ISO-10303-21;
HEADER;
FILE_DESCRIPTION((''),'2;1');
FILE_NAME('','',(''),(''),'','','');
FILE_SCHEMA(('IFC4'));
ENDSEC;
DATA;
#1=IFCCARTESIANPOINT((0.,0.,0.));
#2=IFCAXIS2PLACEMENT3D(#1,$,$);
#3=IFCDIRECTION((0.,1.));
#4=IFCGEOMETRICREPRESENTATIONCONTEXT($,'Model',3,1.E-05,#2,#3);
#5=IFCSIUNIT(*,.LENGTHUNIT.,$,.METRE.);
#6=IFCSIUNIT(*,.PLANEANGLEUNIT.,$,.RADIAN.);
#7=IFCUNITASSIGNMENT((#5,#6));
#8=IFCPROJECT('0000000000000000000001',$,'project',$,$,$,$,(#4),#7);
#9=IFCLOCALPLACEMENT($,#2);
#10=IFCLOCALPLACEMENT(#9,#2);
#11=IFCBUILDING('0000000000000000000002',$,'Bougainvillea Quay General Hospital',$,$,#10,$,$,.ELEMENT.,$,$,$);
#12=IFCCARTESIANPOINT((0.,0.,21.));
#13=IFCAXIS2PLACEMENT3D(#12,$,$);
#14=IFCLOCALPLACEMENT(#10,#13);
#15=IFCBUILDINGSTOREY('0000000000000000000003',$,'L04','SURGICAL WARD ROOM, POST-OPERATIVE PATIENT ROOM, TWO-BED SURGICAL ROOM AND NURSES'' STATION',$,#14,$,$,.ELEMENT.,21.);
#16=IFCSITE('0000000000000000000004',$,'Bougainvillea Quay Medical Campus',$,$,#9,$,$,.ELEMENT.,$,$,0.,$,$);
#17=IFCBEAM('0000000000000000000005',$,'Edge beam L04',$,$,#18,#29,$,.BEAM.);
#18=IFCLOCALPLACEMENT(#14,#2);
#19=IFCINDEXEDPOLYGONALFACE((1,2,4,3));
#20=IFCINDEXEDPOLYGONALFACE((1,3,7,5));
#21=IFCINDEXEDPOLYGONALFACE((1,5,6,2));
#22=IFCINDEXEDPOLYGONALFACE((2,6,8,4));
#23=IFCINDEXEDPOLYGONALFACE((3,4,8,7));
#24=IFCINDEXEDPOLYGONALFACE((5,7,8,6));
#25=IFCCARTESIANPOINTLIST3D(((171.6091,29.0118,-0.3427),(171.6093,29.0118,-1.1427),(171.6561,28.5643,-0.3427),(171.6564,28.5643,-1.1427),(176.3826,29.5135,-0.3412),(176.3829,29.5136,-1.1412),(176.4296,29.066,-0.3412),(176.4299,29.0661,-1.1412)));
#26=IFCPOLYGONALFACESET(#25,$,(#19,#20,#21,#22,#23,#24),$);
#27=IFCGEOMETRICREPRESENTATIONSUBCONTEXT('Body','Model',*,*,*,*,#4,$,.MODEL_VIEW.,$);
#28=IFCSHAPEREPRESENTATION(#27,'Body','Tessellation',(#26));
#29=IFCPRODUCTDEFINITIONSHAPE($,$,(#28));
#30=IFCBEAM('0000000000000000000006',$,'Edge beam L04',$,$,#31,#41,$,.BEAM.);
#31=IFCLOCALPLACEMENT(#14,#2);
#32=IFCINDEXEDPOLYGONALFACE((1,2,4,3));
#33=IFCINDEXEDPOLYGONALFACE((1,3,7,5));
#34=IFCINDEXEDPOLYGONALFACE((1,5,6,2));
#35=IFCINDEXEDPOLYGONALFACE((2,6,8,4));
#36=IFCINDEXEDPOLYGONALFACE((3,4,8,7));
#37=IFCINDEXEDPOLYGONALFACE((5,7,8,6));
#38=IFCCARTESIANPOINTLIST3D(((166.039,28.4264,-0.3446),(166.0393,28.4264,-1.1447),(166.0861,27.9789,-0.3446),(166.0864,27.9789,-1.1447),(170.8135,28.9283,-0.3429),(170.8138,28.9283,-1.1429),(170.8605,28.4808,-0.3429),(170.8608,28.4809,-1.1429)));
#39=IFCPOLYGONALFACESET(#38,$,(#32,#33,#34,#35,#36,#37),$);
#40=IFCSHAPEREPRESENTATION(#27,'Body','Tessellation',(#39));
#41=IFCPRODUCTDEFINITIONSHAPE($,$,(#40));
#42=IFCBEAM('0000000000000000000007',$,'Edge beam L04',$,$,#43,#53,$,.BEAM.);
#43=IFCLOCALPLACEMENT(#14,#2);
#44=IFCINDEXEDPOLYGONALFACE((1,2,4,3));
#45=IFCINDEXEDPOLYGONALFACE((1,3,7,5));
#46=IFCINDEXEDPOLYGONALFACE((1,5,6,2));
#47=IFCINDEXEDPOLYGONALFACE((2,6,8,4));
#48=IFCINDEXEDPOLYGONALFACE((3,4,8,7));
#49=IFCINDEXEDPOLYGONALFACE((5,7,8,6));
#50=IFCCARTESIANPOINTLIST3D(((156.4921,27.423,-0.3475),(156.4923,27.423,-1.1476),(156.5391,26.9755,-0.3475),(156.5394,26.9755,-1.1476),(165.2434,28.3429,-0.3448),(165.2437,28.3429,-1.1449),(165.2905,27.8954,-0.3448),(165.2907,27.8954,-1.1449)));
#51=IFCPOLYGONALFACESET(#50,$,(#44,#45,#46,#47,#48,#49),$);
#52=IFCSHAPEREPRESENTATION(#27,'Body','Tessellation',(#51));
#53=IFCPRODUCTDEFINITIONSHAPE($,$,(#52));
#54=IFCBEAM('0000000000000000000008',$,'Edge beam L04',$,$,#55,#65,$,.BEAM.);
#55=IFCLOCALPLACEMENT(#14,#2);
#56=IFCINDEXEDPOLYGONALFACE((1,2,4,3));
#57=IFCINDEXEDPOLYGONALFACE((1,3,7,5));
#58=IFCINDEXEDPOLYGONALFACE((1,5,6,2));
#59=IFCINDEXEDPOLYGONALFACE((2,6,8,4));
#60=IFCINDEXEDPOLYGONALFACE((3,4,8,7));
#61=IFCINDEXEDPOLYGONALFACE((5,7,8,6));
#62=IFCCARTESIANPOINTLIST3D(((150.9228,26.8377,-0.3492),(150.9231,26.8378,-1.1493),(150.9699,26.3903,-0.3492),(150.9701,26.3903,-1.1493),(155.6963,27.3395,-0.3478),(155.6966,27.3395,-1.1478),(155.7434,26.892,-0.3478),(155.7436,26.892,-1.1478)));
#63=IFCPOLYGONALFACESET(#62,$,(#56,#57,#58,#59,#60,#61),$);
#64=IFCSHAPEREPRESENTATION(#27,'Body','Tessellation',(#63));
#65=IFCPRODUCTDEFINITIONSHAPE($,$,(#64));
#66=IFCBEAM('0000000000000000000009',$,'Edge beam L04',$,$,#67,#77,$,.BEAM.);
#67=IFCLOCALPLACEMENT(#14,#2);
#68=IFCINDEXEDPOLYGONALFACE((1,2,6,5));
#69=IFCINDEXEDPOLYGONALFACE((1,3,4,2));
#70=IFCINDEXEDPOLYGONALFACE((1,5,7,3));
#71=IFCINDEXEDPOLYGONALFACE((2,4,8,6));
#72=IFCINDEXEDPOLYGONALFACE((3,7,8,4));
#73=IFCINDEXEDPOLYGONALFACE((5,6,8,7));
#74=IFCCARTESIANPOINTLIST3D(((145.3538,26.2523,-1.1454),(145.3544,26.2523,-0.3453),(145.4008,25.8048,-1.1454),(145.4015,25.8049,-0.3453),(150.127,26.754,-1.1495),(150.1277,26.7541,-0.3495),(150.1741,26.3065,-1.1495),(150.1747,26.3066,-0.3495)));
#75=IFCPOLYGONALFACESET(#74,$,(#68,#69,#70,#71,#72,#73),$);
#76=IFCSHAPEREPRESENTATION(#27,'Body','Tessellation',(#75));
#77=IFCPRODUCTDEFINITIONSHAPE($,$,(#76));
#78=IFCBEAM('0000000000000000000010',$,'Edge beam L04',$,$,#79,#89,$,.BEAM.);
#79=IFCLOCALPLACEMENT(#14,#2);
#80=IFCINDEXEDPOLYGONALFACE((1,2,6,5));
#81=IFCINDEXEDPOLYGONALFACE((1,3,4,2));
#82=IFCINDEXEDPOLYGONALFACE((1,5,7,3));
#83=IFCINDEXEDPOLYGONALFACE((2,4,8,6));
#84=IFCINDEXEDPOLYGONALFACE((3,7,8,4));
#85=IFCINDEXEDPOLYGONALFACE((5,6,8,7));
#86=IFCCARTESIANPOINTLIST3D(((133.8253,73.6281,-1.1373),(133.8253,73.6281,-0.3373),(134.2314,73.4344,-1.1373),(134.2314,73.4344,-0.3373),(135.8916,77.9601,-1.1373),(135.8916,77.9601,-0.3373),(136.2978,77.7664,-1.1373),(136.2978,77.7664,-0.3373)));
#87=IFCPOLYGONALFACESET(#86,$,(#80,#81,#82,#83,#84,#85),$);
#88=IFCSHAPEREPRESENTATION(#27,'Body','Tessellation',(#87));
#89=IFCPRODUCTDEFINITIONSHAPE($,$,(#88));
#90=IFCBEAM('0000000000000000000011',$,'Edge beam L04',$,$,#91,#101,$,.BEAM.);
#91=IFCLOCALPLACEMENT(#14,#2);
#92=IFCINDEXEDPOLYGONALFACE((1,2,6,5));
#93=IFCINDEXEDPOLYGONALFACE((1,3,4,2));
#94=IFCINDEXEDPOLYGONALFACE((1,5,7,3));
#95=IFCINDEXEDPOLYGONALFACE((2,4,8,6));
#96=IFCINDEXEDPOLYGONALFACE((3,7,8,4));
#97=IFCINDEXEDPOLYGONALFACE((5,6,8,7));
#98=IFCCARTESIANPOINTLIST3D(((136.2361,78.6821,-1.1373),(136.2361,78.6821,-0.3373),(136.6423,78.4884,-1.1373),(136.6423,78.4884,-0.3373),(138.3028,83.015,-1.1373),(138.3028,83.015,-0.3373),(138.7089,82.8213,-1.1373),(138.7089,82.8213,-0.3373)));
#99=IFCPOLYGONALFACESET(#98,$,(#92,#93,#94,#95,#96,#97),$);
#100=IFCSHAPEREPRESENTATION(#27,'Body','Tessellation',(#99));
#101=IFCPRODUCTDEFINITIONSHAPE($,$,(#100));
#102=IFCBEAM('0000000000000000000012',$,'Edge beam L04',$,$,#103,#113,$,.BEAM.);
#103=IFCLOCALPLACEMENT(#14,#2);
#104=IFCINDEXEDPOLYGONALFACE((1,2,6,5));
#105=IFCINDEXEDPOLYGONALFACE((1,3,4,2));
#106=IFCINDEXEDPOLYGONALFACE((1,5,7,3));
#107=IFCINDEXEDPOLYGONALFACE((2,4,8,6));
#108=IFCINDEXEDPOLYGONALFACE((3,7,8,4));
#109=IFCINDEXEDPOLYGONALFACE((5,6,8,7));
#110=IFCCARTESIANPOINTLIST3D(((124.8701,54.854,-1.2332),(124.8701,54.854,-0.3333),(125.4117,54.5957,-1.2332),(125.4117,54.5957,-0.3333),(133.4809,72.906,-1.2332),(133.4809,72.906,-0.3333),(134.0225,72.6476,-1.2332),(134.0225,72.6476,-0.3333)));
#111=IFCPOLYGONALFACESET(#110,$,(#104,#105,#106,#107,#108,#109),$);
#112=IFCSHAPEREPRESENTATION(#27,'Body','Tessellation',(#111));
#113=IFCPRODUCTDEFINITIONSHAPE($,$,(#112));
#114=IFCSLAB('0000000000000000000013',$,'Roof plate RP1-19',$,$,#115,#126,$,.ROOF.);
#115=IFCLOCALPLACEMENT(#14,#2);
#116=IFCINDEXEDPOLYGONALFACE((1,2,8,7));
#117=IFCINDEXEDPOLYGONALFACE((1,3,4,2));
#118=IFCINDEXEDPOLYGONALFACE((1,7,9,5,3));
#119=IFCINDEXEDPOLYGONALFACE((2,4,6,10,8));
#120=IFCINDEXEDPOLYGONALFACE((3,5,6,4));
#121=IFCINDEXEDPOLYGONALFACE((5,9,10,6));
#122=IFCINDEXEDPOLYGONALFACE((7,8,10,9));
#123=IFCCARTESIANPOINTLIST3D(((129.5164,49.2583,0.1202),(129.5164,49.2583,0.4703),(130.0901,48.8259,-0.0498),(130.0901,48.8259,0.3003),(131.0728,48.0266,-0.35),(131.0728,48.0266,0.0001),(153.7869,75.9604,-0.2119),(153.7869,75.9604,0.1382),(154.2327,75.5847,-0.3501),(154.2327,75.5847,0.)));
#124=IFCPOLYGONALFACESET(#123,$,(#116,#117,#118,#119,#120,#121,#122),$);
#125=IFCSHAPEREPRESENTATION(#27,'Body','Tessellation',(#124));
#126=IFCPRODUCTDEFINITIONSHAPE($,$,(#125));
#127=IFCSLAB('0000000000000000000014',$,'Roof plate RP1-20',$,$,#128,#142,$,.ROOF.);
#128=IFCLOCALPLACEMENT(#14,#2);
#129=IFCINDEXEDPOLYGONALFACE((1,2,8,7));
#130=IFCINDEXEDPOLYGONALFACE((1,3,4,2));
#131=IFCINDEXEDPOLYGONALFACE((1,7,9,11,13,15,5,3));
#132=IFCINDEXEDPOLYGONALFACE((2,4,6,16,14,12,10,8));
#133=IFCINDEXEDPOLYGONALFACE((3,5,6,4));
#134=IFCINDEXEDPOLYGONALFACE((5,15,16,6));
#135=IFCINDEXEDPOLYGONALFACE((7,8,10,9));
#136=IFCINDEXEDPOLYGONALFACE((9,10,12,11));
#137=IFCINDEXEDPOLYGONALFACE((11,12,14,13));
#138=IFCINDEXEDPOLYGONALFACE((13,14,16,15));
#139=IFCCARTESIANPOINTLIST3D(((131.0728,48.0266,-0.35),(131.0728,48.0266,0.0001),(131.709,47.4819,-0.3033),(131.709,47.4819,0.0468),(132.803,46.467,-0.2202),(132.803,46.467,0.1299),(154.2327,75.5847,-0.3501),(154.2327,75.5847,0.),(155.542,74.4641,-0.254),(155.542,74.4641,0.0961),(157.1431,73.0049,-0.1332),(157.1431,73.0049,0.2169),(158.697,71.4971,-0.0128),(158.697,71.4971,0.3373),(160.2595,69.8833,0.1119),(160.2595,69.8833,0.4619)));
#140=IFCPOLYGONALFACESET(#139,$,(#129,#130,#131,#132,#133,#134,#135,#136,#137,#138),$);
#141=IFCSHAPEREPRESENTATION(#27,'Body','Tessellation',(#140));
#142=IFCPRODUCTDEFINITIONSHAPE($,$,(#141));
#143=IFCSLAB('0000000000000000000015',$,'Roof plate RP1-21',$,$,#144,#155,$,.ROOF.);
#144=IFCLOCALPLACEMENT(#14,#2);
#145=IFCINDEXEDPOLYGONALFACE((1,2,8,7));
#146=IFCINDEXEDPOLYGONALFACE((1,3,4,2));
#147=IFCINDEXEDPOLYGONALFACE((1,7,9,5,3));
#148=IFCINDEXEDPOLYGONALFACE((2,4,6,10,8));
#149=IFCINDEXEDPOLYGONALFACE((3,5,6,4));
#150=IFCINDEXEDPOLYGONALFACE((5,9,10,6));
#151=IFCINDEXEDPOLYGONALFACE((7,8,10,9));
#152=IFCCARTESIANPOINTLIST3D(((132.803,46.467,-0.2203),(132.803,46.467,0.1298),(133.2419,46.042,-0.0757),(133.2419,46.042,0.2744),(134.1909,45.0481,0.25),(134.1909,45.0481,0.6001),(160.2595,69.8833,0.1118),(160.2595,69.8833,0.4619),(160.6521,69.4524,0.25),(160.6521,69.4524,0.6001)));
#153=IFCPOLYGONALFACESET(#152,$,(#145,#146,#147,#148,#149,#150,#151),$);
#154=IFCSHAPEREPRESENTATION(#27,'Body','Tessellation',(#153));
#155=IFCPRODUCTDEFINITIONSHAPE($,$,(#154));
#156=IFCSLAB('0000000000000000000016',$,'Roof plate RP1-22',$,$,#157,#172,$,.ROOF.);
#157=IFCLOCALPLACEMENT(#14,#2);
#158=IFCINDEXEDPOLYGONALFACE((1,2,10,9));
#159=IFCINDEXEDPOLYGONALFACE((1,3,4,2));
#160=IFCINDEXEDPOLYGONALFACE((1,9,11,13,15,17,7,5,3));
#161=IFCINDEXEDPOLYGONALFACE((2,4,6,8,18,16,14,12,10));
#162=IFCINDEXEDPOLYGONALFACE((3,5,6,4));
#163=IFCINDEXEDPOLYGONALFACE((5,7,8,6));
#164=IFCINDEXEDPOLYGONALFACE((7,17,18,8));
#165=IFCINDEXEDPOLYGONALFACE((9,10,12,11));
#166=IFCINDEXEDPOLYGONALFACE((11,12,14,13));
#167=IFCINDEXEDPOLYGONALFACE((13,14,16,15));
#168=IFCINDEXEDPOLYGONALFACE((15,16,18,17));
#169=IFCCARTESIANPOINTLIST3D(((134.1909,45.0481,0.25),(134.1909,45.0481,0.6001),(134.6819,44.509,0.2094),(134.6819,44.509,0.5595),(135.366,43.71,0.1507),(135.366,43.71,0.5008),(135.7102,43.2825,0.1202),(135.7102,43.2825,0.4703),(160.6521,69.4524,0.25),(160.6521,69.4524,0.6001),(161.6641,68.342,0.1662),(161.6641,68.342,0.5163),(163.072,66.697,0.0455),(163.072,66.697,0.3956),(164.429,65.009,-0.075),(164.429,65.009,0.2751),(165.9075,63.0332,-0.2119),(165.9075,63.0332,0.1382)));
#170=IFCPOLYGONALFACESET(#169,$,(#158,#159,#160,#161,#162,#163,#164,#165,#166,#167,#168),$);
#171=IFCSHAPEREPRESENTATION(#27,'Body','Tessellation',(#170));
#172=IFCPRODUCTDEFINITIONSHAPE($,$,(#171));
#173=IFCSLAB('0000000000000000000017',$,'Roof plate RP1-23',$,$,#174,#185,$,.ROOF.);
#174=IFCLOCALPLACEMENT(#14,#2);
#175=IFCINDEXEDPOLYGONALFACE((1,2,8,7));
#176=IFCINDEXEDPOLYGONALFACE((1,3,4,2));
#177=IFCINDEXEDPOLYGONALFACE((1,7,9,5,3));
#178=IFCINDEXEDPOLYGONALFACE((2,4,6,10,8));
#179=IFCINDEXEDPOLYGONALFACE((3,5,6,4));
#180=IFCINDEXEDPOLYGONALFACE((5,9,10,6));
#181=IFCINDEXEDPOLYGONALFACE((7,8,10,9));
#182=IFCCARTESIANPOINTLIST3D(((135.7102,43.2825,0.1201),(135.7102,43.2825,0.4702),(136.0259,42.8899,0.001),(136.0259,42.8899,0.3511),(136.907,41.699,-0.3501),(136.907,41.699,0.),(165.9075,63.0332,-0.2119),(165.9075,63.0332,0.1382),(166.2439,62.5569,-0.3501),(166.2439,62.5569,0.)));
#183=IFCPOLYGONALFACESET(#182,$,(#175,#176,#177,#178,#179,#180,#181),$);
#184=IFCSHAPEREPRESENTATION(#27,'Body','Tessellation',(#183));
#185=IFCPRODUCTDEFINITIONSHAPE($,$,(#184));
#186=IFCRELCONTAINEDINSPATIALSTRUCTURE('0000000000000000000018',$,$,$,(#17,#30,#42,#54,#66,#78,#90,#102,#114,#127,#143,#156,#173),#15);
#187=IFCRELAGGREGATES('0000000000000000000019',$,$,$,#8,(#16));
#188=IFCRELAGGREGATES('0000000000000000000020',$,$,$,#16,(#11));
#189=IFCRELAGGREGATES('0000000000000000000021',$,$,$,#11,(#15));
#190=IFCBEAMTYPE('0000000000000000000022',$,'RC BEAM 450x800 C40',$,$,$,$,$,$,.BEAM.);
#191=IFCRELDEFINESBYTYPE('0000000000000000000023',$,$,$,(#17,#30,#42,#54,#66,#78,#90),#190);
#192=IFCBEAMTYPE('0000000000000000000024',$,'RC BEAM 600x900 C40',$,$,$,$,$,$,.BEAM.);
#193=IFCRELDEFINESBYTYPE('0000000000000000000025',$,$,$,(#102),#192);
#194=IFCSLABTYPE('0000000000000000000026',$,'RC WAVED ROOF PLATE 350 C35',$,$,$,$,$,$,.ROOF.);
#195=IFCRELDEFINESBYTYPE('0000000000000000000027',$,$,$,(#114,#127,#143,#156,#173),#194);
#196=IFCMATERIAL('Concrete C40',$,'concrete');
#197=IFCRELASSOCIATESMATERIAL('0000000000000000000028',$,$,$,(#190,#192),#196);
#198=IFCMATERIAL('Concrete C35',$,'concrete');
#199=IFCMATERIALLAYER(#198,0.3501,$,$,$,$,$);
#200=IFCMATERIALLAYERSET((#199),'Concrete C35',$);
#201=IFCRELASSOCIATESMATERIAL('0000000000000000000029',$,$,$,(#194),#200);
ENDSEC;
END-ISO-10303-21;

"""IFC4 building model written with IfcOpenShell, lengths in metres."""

from ifc_helpers import new_model, si_unit, direction, frame, origin, origin_2d, place, context, subcontext, project, spatial, polyline, rectangle, outline, extrude, material, layer, layer_set, material_profile, profile_set, type_object, element, save


model = new_model("IFC4")

# Units and contexts
model_context = context("Model", 3, precision=1e-05, world=origin(), true_north=direction((0.0, 1.0)))
body_context = subcontext(model_context, "Body", "Model", "MODEL_VIEW")
ifc_project = project(units=[si_unit("LENGTHUNIT", "METRE"), si_unit("PLANEANGLEUNIT", "RADIAN")], contexts=[model_context])

# Site, building, storey
site_placement = place(None, origin())
site = spatial("IfcSite", under=ifc_project, at=site_placement, Name="Bougainvillea Quay Medical Campus", CompositionType="ELEMENT", RefElevation=0.0)
building_placement = place(site_placement, origin())
building = spatial("IfcBuilding", under=site, at=building_placement, Name="Bougainvillea Quay General Hospital", CompositionType="ELEMENT")
storey_placement = place(building_placement, frame((0.0, 0.0, 21.0)))
storey = spatial("IfcBuildingStorey", under=building, at=storey_placement, Name="L04", Description="SURGICAL WARD ROOM, POST-OPERATIVE PATIENT ROOM, TWO-BED SURGICAL ROOM AND NURSES' STATION", CompositionType="ELEMENT", Elevation=21.0)

# Beams
ifc_material_1 = material(Name="Concrete C40", Category="concrete")
ifc_material_profile_1 = material_profile(ifc_material_1, rectangle(XDim=0.45, YDim=0.8, at=origin_2d()))
ifc_profile_set_1 = profile_set([ifc_material_profile_1], Name="Concrete C40")
beam_type_1 = type_object("IfcBeamType", Name="RC BEAM 450x800 C40", PredefinedType="BEAM", material=ifc_profile_set_1)
beam_1_placement = place(storey_placement, frame((176.4062, 29.2898, -0.7412), z_axis=(-0.994522, -0.104529, -0.000305), x_axis=(0.104529, -0.994522, 0.0)))
element("IfcBeam", 1, at=beam_1_placement, inside=storey, type_object=beam_type_1, Name="Edge beam L04", PredefinedType="BEAM", context=body_context, shape_type="SweptSolid", body=[
    extrude(rectangle(XDim=0.45, YDim=0.8, at=origin_2d()), origin(), (0.0, 0.0, 1.0), 4.7998),
])
beam_2_placement = place(storey_placement, frame((170.8372, 28.7046, -0.7429), z_axis=(-0.994519, -0.104558, -0.000356), x_axis=(0.104558, -0.994519, 0.0)))
element("IfcBeam", 2, at=beam_2_placement, inside=storey, type_object=beam_type_1, Name="Edge beam L04", PredefinedType="BEAM", context=body_context, shape_type="SweptSolid", body=[
    extrude(rectangle(XDim=0.45, YDim=0.8, at=origin_2d()), origin(), (0.0, 0.0, 1.0), 4.8008),
])
beam_3_placement = place(storey_placement, frame((165.2671, 28.1191, -0.7449), z_axis=(-0.994521, -0.10454, -0.000305), x_axis=(0.10454, -0.994521, 0.0)))
element("IfcBeam", 3, at=beam_3_placement, inside=storey, type_object=beam_type_1, Name="Edge beam L04", PredefinedType="BEAM", context=body_context, shape_type="SweptSolid", body=[
    extrude(rectangle(XDim=0.45, YDim=0.8, at=origin_2d()), origin(), (0.0, 0.0, 1.0), 8.7996),
])
beam_4_placement = place(storey_placement, frame((155.72, 27.1157, -0.7478), z_axis=(-0.994522, -0.104529, -0.000305), x_axis=(0.104529, -0.994522, 0.0)))
element("IfcBeam", 4, at=beam_4_placement, inside=storey, type_object=beam_type_1, Name="Edge beam L04", PredefinedType="BEAM", context=body_context, shape_type="SweptSolid", body=[
    extrude(rectangle(XDim=0.45, YDim=0.8, at=origin_2d()), origin(), (0.0, 0.0, 1.0), 4.7998),
])
for number, where, z_axis, x_axis, name in (
    (5, (150.1509, 26.5303, -0.7495), (-0.994521, -0.104534, 0.000865), (0.104534, -0.994521, 0.0), "Edge beam L04"),
    (6, (134.0283, 73.5312, -0.7373), (0.430534, 0.902574, 0.0), (-0.902574, 0.430534, 0.0), "Edge beam L04"),
):
    element("IfcBeam", number, at=place(storey_placement, frame(where, z_axis=z_axis, x_axis=x_axis)), inside=storey, type_object=beam_type_1, Name=name, PredefinedType="BEAM", context=body_context, shape_type="SweptSolid", body=[
        extrude(rectangle(XDim=0.45, YDim=0.8, at=origin_2d()), origin(), (0.0, 0.0, 1.0), 4.7996),
    ])
beam_5_placement = place(storey_placement, frame((136.4392, 78.5852, -0.7373), z_axis=(0.430496, 0.902592, 0.0), x_axis=(-0.902592, 0.430496, 0.0)))
element("IfcBeam", 7, at=beam_5_placement, inside=storey, type_object=beam_type_1, Name="Edge beam L04", PredefinedType="BEAM", context=body_context, shape_type="SweptSolid", body=[
    extrude(rectangle(XDim=0.45, YDim=0.8, at=origin_2d()), origin(), (0.0, 0.0, 1.0), 4.8005),
])
ifc_material_profile_2 = material_profile(ifc_material_1, rectangle(XDim=0.6001, YDim=0.8999, at=origin_2d()))
ifc_profile_set_2 = profile_set([ifc_material_profile_2], Name="Concrete C40")
beam_type_2 = type_object("IfcBeamType", Name="RC BEAM 600x900 C40", PredefinedType="BEAM", material=ifc_profile_set_2)
beam_6_placement = place(storey_placement, frame((125.1409, 54.7249, -0.7832), z_axis=(0.430531, 0.902576, 0.0), x_axis=(-0.902576, 0.430531, 0.0)))
element("IfcBeam", 8, at=beam_6_placement, inside=storey, type_object=beam_type_2, Name="Edge beam L04", PredefinedType="BEAM", context=body_context, shape_type="SweptSolid", body=[
    extrude(rectangle(XDim=0.6001, YDim=0.8999, at=origin_2d()), origin(), (0.0, 0.0, 1.0), 20.0005),
])

# Slabs
ifc_material_2 = material(Name="Concrete C35", Category="concrete")
ifc_layer = layer(ifc_material_2, 0.3501)
ifc_layer_set = layer_set([ifc_layer], Name="Concrete C35")
slab_type = type_object("IfcSlabType", Name="RC WAVED ROOF PLATE 350 C35", PredefinedType="ROOF", material=ifc_layer_set)
slab_1_placement = place(storey_placement, frame((153.7869, 75.9604, 0.1382), z_axis=(0.176555, -0.148374, 0.973043), x_axis=(-0.672581, -0.739967, 0.009203)))
element("IfcSlab", 9, at=slab_1_placement, inside=storey, type_object=slab_type, Name="Roof plate RP1-19", PredefinedType="ROOF", context=body_context, shape_type="SweptSolid", body=[
    extrude(outline(polyline([(0.0, 0.0), (36.0856, 0.0), (36.0181, 0.7351), (35.9459, 2.0349), (-0.0231, 0.5987), (0.0, 0.0)])), origin(), (-0.009203, 0.230438, -0.973043), 0.3501),
])
slab_2_placement = place(storey_placement, frame((154.2327, 75.5847, 0.0), z_axis=(-0.042633, 0.035831, 0.998448), x_axis=(-0.643373, -0.765553, 0.000002)))
element("IfcSlab", 10, at=slab_2_placement, inside=storey, type_object=slab_type, Name="Roof plate RP1-20", PredefinedType="ROOF", context=body_context, shape_type="SweptSolid", body=[
    extrude(outline(polyline([(0.0, 0.0), (35.9976, 0.0), (36.0053, 0.8388), (36.0784, 2.3316), (0.4872, 8.2949), (0.2571, 6.057), (0.1025, 3.8939), (0.0155, 1.726), (0.0, 0.0)])), origin(), (-0.000002, -0.055691, -0.998448), 0.3501),
])
slab_3_placement = place(storey_placement, frame((160.2595, 69.8833, 0.4619), z_axis=(-0.156354, 0.169531, 0.973043), x_axis=(-0.760836, -0.648878, -0.009202)))
element("IfcSlab", 11, at=slab_3_placement, inside=storey, type_object=slab_type, Name="Roof plate RP1-21", PredefinedType="ROOF", context=body_context, shape_type="SweptSolid", body=[
    extrude(outline(polyline([(0.0, 0.0), (36.0873, 0.0), (36.0278, 0.6251), (35.9477, 2.035), (-0.0204, 0.5987), (0.0, 0.0)])), origin(), (0.009202, -0.23044, -0.973043), 0.3501),
])
slab_4_placement = place(storey_placement, frame((160.6521, 69.4524, 0.6001), z_axis=(0.037758, -0.040939, 0.998448), x_axis=(-0.7351, -0.677959, 0.000001)))
element("IfcSlab", 12, at=slab_4_placement, inside=storey, type_object=slab_type, Name="Roof plate RP1-22", PredefinedType="ROOF", context=body_context, shape_type="SweptSolid", body=[
    extrude(outline(polyline([(0.0, 0.0), (35.9967, 0.0), (36.0013, 0.7303), (36.0401, 1.7831), (36.0769, 2.3315), (0.4887, 8.2945), (0.236, 5.8359), (0.0891, 3.6718), (0.0089, 1.5046), (0.0, 0.0)])), origin(), (-0.000001, 0.055693, -0.998448), 0.3501),
])
slab_5_placement = place(storey_placement, frame((165.9075, 63.0332, 0.1382), z_axis=(0.133625, -0.187943, 0.973048), x_axis=(-0.836853, -0.54735, 0.009202)))
element("IfcSlab", 13, at=slab_5_placement, inside=storey, type_object=slab_type, Name="Roof plate RP1-23", PredefinedType="ROOF", context=body_context, shape_type="SweptSolid", body=[
    extrude(outline(polyline([(0.0, 0.0), (36.0843, 0.0), (36.0339, 0.5152), (35.9452, 2.0351), (-0.0221, 0.5989), (0.0, 0.0)])), origin(), (-0.009202, 0.23042, -0.973048), 0.3501),
])

save(model, "model.ifc")
